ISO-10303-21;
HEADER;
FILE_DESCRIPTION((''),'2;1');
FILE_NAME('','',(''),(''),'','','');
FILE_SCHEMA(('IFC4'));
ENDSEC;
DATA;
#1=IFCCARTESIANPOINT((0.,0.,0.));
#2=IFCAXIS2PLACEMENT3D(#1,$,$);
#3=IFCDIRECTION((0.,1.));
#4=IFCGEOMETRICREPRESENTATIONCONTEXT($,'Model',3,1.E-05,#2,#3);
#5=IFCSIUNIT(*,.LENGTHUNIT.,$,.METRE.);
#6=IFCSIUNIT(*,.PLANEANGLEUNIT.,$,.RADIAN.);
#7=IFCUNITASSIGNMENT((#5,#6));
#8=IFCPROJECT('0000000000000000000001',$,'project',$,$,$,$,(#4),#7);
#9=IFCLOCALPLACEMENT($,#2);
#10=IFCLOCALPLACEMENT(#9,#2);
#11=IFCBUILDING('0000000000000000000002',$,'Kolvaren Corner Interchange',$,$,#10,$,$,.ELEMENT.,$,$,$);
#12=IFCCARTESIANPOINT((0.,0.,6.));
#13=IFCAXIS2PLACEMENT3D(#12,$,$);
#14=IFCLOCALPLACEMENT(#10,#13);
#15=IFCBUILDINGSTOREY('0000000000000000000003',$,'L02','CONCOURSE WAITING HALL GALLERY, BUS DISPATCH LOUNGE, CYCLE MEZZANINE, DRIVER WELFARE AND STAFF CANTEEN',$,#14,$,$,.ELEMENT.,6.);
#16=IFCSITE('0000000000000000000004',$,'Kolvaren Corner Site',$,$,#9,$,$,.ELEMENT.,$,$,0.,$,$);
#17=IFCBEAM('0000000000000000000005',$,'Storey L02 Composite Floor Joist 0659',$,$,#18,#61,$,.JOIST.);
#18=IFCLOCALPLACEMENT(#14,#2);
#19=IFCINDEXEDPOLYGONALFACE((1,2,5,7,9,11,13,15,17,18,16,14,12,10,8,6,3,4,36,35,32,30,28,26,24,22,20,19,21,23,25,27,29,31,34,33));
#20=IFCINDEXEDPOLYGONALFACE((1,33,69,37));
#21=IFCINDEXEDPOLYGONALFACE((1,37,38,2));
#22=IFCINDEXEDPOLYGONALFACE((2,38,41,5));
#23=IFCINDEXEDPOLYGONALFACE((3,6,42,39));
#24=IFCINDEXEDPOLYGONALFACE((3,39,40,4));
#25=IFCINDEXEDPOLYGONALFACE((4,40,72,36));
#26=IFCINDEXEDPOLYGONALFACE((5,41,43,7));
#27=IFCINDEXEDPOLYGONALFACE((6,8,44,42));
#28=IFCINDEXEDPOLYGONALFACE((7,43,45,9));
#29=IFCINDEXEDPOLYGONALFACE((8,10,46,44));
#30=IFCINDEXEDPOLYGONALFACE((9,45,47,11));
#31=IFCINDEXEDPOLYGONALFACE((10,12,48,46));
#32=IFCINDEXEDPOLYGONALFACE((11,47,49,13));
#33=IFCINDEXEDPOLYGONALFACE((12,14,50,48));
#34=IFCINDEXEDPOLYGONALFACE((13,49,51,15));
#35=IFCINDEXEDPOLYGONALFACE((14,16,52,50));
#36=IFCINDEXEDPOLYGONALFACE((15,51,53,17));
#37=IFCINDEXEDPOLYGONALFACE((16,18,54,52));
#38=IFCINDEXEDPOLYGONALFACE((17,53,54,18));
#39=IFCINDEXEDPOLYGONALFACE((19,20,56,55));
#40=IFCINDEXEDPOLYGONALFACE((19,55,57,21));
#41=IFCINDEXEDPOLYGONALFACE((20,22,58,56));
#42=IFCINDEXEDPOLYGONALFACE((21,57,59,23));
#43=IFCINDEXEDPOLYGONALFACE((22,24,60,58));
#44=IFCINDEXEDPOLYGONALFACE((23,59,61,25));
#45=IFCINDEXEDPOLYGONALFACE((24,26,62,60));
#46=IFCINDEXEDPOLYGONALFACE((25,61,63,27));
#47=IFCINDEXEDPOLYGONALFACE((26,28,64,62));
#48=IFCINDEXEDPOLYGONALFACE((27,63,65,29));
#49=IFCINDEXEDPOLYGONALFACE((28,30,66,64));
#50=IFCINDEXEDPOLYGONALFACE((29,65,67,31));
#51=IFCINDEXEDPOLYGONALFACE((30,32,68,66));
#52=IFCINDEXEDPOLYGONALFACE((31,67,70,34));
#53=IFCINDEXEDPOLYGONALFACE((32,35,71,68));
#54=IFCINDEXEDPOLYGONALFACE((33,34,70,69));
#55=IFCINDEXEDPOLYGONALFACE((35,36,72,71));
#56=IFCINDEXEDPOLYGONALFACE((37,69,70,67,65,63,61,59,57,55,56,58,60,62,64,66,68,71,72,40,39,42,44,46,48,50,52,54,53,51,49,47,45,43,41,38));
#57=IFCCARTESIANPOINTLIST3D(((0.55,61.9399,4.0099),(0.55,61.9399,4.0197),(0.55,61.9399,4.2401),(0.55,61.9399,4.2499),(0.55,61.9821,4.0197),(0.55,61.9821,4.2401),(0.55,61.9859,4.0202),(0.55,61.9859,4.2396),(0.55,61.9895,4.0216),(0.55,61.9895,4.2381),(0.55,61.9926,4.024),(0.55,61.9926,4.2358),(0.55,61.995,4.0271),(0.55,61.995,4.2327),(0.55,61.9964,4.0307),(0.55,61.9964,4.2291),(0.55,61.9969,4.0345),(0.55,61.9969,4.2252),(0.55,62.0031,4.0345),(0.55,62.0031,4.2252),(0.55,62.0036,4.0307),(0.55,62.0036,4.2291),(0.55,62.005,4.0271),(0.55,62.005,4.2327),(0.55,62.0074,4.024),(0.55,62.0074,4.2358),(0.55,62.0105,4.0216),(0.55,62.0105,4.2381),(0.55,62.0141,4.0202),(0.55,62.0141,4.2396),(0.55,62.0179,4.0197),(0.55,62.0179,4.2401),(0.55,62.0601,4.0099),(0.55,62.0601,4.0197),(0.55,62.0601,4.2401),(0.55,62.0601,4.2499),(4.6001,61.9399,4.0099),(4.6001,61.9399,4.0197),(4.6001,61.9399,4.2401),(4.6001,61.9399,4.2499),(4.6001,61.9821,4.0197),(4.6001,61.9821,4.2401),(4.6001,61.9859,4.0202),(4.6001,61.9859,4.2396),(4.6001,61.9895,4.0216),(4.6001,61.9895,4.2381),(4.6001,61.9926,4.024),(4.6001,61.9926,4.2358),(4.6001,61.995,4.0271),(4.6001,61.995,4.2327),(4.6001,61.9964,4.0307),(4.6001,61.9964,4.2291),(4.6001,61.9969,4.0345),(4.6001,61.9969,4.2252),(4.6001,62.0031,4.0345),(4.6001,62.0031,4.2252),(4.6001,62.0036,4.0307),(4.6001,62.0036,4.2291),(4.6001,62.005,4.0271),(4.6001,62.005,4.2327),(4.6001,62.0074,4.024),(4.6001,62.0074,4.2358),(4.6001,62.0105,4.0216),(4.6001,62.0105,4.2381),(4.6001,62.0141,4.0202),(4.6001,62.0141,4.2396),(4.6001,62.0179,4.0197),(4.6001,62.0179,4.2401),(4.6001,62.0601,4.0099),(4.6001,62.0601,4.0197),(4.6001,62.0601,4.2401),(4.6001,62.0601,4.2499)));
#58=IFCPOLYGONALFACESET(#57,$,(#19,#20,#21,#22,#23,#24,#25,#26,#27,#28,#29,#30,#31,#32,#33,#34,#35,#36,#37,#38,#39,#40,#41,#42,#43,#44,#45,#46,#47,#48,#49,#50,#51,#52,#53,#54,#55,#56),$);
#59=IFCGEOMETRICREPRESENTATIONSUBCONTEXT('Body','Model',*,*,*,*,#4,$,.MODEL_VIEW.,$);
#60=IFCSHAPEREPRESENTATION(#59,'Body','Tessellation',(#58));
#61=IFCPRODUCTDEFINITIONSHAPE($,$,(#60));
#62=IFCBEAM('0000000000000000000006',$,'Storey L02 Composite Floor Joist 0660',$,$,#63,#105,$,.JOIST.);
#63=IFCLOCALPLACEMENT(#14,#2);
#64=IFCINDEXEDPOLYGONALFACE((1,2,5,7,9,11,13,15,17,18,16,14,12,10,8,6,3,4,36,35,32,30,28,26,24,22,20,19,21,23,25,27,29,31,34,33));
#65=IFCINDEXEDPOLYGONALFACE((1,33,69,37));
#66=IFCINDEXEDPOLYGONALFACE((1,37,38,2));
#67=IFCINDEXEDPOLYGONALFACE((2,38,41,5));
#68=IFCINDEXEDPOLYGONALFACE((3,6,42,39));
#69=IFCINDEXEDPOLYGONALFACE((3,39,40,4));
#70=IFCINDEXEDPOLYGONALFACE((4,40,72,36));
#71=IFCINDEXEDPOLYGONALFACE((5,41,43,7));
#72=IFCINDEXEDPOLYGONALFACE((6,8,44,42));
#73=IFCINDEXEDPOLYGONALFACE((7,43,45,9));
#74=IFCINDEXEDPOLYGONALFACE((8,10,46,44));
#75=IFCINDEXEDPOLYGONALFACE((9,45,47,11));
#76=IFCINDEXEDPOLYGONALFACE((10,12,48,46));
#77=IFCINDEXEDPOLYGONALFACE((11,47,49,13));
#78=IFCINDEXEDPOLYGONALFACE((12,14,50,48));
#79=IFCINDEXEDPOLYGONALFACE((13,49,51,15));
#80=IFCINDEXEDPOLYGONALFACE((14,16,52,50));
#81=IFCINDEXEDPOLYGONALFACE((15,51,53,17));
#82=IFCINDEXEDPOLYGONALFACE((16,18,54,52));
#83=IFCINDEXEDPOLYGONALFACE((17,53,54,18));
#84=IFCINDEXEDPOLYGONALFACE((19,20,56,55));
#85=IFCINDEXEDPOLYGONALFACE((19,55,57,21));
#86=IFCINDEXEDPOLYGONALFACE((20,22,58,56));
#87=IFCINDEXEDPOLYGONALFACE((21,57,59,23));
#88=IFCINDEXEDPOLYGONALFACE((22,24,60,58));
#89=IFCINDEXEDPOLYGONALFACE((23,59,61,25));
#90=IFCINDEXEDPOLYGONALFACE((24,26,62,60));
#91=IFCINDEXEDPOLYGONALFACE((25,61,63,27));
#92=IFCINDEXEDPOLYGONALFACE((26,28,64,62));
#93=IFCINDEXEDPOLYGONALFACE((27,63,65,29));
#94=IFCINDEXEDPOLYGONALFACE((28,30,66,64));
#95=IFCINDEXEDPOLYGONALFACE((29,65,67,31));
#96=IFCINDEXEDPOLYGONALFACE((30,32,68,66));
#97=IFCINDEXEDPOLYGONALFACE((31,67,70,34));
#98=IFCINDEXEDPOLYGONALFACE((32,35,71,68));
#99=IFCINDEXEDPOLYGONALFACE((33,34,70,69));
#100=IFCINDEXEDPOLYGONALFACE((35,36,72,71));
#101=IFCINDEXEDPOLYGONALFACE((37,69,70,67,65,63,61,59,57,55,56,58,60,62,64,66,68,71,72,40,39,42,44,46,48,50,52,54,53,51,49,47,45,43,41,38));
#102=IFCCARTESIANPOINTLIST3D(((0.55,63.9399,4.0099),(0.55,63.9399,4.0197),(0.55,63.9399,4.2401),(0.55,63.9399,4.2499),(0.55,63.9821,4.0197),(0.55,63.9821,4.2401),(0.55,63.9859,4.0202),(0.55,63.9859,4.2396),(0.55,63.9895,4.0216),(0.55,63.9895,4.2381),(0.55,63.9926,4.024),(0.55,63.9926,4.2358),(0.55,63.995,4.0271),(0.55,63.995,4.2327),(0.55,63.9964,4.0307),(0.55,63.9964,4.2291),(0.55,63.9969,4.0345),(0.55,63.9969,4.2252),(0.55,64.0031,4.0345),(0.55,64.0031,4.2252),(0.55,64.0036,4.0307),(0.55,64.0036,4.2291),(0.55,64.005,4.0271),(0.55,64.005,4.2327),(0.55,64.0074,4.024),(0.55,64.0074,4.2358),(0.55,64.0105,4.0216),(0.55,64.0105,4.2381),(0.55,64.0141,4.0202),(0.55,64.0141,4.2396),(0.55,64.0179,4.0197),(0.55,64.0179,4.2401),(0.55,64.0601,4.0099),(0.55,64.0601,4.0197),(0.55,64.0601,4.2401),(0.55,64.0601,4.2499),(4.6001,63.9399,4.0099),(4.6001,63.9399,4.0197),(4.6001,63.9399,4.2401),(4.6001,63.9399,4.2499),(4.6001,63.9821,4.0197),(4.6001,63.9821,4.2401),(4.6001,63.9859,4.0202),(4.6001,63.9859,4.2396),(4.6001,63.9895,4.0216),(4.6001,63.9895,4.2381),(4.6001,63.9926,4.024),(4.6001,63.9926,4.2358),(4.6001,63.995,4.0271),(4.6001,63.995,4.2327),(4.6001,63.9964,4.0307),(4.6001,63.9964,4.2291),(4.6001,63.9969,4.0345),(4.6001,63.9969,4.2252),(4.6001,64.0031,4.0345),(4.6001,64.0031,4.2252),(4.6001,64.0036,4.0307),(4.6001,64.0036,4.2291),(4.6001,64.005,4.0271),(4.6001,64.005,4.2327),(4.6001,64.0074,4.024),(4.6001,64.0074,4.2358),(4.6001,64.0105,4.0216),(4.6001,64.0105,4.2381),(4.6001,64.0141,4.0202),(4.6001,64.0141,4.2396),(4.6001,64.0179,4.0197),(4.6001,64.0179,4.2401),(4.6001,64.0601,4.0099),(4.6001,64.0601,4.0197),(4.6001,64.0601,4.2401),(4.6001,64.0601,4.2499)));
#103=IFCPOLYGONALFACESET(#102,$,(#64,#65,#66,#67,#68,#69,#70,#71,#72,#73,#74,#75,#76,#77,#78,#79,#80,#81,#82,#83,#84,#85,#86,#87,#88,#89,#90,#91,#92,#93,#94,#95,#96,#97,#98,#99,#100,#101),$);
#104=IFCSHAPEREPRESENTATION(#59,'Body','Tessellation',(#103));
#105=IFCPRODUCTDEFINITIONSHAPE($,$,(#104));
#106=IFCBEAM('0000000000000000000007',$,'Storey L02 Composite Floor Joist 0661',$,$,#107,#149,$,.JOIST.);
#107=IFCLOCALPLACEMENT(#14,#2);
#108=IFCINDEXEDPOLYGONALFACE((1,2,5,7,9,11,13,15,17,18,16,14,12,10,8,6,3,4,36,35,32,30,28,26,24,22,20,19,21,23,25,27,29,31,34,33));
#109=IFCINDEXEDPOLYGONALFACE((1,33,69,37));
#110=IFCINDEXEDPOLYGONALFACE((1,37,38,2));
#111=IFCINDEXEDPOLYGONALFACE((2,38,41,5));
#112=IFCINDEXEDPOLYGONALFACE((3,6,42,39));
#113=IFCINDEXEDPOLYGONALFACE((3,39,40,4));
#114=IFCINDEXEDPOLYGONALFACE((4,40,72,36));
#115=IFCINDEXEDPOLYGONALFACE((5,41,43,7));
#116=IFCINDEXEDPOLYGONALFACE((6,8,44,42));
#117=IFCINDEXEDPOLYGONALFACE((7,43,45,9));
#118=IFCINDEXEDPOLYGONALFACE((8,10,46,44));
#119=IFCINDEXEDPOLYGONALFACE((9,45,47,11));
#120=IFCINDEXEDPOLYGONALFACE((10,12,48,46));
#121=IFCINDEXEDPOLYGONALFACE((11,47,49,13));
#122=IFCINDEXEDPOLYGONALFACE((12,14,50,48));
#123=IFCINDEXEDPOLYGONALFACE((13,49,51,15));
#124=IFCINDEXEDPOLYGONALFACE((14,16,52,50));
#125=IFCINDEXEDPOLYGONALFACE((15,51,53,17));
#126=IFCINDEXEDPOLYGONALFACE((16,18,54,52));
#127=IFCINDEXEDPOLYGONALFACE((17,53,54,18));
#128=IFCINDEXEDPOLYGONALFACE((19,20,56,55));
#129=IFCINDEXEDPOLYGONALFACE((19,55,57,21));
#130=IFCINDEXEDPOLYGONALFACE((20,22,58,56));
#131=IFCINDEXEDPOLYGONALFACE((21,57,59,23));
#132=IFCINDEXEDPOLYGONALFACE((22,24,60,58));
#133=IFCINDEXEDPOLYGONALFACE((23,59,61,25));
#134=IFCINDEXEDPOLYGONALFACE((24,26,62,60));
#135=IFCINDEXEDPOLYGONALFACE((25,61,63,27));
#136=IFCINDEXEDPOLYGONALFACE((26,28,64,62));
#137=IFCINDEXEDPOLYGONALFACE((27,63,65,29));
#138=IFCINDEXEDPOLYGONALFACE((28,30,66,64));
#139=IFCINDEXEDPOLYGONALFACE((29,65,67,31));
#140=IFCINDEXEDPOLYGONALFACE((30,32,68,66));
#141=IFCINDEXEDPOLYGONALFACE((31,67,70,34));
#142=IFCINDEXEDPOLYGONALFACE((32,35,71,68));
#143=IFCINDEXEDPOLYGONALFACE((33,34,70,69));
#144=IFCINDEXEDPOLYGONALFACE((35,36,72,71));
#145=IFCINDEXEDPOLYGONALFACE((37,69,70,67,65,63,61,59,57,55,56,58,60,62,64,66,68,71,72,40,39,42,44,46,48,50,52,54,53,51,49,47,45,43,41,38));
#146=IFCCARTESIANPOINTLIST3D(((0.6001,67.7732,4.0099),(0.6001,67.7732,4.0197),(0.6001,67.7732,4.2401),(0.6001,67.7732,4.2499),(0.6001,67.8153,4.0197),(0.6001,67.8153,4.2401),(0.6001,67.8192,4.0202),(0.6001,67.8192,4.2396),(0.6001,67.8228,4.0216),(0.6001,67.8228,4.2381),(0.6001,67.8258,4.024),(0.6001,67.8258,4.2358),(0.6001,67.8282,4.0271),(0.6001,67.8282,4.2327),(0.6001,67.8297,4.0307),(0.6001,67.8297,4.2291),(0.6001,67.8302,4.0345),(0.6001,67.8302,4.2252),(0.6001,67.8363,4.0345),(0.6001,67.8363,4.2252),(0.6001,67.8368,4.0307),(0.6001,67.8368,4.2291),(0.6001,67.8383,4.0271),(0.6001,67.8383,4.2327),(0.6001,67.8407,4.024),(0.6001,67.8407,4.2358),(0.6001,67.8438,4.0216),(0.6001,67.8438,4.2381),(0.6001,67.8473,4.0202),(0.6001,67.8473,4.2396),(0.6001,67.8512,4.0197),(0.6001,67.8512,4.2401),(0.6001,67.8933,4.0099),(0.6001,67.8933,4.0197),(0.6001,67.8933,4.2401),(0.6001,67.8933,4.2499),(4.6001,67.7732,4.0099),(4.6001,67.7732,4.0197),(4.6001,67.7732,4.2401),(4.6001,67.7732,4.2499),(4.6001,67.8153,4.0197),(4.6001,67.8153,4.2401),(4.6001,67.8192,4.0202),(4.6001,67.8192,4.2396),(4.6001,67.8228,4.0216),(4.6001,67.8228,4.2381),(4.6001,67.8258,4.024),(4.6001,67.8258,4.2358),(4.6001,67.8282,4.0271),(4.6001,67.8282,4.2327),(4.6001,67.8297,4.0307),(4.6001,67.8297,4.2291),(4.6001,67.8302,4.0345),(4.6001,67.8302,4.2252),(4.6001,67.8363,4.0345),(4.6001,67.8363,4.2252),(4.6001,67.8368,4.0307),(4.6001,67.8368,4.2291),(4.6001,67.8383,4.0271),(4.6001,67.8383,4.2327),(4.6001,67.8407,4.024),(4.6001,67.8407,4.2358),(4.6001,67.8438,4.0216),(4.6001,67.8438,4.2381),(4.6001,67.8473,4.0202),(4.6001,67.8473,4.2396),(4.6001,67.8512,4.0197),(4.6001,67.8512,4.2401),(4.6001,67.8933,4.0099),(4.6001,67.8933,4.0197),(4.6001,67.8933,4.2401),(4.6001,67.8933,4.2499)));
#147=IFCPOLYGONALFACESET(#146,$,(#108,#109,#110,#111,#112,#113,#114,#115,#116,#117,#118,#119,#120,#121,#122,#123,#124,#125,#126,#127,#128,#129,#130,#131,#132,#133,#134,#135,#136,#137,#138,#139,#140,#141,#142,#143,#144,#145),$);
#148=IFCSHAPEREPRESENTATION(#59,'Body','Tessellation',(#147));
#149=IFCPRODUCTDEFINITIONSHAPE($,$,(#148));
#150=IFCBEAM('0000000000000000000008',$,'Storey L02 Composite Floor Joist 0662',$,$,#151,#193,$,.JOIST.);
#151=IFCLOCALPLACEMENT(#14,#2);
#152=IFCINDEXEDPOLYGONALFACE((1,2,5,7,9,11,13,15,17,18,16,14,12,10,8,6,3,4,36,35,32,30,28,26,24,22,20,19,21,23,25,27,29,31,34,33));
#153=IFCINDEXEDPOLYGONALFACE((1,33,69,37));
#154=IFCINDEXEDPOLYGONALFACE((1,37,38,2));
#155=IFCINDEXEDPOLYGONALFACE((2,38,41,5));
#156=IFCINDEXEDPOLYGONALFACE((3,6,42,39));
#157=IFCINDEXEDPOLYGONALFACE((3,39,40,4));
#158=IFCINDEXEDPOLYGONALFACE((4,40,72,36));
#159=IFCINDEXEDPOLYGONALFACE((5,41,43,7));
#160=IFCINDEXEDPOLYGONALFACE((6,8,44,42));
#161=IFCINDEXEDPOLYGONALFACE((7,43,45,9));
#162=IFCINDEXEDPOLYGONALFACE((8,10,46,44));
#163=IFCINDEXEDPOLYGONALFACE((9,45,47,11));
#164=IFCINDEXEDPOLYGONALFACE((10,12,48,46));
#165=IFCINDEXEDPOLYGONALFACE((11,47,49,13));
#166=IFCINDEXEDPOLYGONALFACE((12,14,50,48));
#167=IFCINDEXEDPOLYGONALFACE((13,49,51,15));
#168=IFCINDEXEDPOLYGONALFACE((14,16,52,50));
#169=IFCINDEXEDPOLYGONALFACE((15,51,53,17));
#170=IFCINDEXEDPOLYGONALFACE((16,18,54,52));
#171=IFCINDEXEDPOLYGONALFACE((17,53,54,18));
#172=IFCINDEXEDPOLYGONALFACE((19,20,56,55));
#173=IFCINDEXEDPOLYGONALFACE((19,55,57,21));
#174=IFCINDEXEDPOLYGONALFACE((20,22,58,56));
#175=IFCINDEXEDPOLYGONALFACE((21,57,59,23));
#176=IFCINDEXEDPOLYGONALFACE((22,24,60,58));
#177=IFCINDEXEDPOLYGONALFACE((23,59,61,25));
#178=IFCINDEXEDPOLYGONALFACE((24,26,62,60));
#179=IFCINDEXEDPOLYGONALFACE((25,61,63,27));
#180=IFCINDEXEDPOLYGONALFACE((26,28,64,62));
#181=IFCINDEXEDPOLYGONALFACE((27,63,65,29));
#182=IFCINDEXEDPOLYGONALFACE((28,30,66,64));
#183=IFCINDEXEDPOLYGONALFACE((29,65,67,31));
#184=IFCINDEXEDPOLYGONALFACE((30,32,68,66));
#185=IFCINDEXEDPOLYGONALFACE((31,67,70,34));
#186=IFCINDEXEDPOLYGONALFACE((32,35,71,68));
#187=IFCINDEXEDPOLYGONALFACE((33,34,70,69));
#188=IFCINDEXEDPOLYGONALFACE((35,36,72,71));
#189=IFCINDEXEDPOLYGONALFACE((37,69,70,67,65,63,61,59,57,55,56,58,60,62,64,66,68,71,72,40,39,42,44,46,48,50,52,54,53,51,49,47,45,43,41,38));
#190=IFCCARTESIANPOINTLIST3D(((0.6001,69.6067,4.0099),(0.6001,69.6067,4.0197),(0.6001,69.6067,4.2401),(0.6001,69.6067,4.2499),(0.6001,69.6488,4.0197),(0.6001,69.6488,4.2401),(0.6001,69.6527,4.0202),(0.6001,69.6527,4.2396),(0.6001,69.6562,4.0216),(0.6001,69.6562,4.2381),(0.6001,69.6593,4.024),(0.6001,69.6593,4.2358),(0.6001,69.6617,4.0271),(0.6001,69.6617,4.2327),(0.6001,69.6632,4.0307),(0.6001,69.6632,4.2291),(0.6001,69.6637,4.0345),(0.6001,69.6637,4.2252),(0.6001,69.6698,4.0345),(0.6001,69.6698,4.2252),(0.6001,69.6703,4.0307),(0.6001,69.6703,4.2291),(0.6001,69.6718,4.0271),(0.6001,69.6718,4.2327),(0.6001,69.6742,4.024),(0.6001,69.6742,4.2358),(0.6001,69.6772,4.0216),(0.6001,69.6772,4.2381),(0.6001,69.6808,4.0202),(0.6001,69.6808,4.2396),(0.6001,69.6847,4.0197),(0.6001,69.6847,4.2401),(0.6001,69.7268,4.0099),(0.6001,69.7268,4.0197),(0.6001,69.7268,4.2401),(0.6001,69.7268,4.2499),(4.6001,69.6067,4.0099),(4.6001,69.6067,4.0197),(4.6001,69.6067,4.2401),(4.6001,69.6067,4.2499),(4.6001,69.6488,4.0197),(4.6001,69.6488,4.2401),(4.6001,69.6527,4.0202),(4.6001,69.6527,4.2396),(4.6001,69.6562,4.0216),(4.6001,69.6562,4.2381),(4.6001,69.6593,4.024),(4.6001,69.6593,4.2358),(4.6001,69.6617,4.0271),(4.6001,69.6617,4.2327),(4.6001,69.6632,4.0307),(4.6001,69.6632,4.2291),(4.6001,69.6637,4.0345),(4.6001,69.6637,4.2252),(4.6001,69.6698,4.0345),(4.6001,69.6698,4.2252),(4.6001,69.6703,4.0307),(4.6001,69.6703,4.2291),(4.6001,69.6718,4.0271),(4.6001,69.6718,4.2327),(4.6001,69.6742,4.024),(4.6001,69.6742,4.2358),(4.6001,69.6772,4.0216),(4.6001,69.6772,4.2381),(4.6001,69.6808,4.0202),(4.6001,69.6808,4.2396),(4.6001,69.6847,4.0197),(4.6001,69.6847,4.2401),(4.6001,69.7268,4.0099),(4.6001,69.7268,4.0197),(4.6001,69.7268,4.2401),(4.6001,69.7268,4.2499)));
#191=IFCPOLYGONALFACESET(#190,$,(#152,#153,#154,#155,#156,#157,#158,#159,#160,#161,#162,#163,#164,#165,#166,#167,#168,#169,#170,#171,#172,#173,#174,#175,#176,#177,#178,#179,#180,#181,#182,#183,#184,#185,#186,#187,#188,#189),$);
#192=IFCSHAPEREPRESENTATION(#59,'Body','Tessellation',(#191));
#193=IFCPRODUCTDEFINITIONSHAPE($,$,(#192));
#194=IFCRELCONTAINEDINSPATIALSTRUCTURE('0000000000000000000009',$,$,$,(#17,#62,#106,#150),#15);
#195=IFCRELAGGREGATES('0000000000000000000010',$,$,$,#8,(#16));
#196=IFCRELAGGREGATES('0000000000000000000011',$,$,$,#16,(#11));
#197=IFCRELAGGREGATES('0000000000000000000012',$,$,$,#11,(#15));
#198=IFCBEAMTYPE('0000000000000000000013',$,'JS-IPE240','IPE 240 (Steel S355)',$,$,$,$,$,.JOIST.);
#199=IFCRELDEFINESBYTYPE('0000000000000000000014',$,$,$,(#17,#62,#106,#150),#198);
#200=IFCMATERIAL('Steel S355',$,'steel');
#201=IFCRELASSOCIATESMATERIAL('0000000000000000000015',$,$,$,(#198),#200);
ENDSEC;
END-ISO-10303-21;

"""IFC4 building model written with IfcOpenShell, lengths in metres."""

from ifc_helpers import new_model, si_unit, direction, frame, origin, origin_2d, place, context, subcontext, project, spatial, i_section, extrude, material, material_profile, profile_set, type_object, element, save


model = new_model("IFC4")

# Units and contexts
model_context = context("Model", 3, precision=1e-05, world=origin(), true_north=direction((0.0, 1.0)))
body_context = subcontext(model_context, "Body", "Model", "MODEL_VIEW")
ifc_project = project(units=[si_unit("LENGTHUNIT", "METRE"), si_unit("PLANEANGLEUNIT", "RADIAN")], contexts=[model_context])

# Site, building, storey
site_placement = place(None, origin())
site = spatial("IfcSite", under=ifc_project, at=site_placement, Name="Kolvaren Corner Site", CompositionType="ELEMENT", RefElevation=0.0)
building_placement = place(site_placement, origin())
building = spatial("IfcBuilding", under=site, at=building_placement, Name="Kolvaren Corner Interchange", CompositionType="ELEMENT")
storey_placement = place(building_placement, frame((0.0, 0.0, 6.0)))
storey = spatial("IfcBuildingStorey", under=building, at=storey_placement, Name="L02", Description="CONCOURSE WAITING HALL GALLERY, BUS DISPATCH LOUNGE, CYCLE MEZZANINE, DRIVER WELFARE AND STAFF CANTEEN", CompositionType="ELEMENT", Elevation=6.0)

# Beams
ifc_material_1 = material(Name="Steel S355", Category="steel")
ifc_material_profile_1 = material_profile(ifc_material_1, i_section(OverallWidth=0.1201, OverallDepth=0.24, WebThickness=0.0061, FlangeThickness=0.0098, FilletRadius=0.0149, at=origin_2d()), Name="IPE 240")
ifc_profile_set_1 = profile_set([ifc_material_profile_1], Name="Steel S355")
beam_type_1 = type_object("IfcBeamType", Name="JS-IPE240", Description="IPE 240 (Steel S355)", PredefinedType="JOIST", material=ifc_profile_set_1)
for number, where, z_axis, x_axis, name in (
    (1, (0.55, 62.0, 4.1299), (1.0, 0.0, 0.0), (0.0, 1.0, 0.0), "Storey L02 Composite Floor Joist 0659"),
    (2, (0.55, 64.0, 4.1299), (1.0, 0.0, 0.0), (0.0, 1.0, 0.0), "Storey L02 Composite Floor Joist 0660"),
):
    element("IfcBeam", number, at=place(storey_placement, frame(where, z_axis=z_axis, x_axis=x_axis)), inside=storey, type_object=beam_type_1, Name=name, PredefinedType="JOIST", context=body_context, shape_type="SweptSolid", body=[
        extrude(i_section(OverallWidth=0.1201, OverallDepth=0.24, WebThickness=0.0061, FlangeThickness=0.0098, FilletRadius=0.0149, at=origin_2d()), origin(), (0.0, 0.0, 1.0), 4.05),
    ])
for number, where, z_axis, x_axis, name in (
    (3, (0.6001, 67.8333, 4.1299), (1.0, 0.0, 0.0), (0.0, 1.0, 0.0), "Storey L02 Composite Floor Joist 0661"),
    (4, (0.6001, 69.6667, 4.1299), (1.0, 0.0, 0.0), (0.0, 1.0, 0.0), "Storey L02 Composite Floor Joist 0662"),
):
    element("IfcBeam", number, at=place(storey_placement, frame(where, z_axis=z_axis, x_axis=x_axis)), inside=storey, type_object=beam_type_1, Name=name, PredefinedType="JOIST", context=body_context, shape_type="SweptSolid", body=[
        extrude(i_section(OverallWidth=0.1201, OverallDepth=0.24, WebThickness=0.0061, FlangeThickness=0.0098, FilletRadius=0.0149, at=origin_2d()), origin(), (0.0, 0.0, 1.0), 4.0),
    ])

save(model, "model.ifc")
